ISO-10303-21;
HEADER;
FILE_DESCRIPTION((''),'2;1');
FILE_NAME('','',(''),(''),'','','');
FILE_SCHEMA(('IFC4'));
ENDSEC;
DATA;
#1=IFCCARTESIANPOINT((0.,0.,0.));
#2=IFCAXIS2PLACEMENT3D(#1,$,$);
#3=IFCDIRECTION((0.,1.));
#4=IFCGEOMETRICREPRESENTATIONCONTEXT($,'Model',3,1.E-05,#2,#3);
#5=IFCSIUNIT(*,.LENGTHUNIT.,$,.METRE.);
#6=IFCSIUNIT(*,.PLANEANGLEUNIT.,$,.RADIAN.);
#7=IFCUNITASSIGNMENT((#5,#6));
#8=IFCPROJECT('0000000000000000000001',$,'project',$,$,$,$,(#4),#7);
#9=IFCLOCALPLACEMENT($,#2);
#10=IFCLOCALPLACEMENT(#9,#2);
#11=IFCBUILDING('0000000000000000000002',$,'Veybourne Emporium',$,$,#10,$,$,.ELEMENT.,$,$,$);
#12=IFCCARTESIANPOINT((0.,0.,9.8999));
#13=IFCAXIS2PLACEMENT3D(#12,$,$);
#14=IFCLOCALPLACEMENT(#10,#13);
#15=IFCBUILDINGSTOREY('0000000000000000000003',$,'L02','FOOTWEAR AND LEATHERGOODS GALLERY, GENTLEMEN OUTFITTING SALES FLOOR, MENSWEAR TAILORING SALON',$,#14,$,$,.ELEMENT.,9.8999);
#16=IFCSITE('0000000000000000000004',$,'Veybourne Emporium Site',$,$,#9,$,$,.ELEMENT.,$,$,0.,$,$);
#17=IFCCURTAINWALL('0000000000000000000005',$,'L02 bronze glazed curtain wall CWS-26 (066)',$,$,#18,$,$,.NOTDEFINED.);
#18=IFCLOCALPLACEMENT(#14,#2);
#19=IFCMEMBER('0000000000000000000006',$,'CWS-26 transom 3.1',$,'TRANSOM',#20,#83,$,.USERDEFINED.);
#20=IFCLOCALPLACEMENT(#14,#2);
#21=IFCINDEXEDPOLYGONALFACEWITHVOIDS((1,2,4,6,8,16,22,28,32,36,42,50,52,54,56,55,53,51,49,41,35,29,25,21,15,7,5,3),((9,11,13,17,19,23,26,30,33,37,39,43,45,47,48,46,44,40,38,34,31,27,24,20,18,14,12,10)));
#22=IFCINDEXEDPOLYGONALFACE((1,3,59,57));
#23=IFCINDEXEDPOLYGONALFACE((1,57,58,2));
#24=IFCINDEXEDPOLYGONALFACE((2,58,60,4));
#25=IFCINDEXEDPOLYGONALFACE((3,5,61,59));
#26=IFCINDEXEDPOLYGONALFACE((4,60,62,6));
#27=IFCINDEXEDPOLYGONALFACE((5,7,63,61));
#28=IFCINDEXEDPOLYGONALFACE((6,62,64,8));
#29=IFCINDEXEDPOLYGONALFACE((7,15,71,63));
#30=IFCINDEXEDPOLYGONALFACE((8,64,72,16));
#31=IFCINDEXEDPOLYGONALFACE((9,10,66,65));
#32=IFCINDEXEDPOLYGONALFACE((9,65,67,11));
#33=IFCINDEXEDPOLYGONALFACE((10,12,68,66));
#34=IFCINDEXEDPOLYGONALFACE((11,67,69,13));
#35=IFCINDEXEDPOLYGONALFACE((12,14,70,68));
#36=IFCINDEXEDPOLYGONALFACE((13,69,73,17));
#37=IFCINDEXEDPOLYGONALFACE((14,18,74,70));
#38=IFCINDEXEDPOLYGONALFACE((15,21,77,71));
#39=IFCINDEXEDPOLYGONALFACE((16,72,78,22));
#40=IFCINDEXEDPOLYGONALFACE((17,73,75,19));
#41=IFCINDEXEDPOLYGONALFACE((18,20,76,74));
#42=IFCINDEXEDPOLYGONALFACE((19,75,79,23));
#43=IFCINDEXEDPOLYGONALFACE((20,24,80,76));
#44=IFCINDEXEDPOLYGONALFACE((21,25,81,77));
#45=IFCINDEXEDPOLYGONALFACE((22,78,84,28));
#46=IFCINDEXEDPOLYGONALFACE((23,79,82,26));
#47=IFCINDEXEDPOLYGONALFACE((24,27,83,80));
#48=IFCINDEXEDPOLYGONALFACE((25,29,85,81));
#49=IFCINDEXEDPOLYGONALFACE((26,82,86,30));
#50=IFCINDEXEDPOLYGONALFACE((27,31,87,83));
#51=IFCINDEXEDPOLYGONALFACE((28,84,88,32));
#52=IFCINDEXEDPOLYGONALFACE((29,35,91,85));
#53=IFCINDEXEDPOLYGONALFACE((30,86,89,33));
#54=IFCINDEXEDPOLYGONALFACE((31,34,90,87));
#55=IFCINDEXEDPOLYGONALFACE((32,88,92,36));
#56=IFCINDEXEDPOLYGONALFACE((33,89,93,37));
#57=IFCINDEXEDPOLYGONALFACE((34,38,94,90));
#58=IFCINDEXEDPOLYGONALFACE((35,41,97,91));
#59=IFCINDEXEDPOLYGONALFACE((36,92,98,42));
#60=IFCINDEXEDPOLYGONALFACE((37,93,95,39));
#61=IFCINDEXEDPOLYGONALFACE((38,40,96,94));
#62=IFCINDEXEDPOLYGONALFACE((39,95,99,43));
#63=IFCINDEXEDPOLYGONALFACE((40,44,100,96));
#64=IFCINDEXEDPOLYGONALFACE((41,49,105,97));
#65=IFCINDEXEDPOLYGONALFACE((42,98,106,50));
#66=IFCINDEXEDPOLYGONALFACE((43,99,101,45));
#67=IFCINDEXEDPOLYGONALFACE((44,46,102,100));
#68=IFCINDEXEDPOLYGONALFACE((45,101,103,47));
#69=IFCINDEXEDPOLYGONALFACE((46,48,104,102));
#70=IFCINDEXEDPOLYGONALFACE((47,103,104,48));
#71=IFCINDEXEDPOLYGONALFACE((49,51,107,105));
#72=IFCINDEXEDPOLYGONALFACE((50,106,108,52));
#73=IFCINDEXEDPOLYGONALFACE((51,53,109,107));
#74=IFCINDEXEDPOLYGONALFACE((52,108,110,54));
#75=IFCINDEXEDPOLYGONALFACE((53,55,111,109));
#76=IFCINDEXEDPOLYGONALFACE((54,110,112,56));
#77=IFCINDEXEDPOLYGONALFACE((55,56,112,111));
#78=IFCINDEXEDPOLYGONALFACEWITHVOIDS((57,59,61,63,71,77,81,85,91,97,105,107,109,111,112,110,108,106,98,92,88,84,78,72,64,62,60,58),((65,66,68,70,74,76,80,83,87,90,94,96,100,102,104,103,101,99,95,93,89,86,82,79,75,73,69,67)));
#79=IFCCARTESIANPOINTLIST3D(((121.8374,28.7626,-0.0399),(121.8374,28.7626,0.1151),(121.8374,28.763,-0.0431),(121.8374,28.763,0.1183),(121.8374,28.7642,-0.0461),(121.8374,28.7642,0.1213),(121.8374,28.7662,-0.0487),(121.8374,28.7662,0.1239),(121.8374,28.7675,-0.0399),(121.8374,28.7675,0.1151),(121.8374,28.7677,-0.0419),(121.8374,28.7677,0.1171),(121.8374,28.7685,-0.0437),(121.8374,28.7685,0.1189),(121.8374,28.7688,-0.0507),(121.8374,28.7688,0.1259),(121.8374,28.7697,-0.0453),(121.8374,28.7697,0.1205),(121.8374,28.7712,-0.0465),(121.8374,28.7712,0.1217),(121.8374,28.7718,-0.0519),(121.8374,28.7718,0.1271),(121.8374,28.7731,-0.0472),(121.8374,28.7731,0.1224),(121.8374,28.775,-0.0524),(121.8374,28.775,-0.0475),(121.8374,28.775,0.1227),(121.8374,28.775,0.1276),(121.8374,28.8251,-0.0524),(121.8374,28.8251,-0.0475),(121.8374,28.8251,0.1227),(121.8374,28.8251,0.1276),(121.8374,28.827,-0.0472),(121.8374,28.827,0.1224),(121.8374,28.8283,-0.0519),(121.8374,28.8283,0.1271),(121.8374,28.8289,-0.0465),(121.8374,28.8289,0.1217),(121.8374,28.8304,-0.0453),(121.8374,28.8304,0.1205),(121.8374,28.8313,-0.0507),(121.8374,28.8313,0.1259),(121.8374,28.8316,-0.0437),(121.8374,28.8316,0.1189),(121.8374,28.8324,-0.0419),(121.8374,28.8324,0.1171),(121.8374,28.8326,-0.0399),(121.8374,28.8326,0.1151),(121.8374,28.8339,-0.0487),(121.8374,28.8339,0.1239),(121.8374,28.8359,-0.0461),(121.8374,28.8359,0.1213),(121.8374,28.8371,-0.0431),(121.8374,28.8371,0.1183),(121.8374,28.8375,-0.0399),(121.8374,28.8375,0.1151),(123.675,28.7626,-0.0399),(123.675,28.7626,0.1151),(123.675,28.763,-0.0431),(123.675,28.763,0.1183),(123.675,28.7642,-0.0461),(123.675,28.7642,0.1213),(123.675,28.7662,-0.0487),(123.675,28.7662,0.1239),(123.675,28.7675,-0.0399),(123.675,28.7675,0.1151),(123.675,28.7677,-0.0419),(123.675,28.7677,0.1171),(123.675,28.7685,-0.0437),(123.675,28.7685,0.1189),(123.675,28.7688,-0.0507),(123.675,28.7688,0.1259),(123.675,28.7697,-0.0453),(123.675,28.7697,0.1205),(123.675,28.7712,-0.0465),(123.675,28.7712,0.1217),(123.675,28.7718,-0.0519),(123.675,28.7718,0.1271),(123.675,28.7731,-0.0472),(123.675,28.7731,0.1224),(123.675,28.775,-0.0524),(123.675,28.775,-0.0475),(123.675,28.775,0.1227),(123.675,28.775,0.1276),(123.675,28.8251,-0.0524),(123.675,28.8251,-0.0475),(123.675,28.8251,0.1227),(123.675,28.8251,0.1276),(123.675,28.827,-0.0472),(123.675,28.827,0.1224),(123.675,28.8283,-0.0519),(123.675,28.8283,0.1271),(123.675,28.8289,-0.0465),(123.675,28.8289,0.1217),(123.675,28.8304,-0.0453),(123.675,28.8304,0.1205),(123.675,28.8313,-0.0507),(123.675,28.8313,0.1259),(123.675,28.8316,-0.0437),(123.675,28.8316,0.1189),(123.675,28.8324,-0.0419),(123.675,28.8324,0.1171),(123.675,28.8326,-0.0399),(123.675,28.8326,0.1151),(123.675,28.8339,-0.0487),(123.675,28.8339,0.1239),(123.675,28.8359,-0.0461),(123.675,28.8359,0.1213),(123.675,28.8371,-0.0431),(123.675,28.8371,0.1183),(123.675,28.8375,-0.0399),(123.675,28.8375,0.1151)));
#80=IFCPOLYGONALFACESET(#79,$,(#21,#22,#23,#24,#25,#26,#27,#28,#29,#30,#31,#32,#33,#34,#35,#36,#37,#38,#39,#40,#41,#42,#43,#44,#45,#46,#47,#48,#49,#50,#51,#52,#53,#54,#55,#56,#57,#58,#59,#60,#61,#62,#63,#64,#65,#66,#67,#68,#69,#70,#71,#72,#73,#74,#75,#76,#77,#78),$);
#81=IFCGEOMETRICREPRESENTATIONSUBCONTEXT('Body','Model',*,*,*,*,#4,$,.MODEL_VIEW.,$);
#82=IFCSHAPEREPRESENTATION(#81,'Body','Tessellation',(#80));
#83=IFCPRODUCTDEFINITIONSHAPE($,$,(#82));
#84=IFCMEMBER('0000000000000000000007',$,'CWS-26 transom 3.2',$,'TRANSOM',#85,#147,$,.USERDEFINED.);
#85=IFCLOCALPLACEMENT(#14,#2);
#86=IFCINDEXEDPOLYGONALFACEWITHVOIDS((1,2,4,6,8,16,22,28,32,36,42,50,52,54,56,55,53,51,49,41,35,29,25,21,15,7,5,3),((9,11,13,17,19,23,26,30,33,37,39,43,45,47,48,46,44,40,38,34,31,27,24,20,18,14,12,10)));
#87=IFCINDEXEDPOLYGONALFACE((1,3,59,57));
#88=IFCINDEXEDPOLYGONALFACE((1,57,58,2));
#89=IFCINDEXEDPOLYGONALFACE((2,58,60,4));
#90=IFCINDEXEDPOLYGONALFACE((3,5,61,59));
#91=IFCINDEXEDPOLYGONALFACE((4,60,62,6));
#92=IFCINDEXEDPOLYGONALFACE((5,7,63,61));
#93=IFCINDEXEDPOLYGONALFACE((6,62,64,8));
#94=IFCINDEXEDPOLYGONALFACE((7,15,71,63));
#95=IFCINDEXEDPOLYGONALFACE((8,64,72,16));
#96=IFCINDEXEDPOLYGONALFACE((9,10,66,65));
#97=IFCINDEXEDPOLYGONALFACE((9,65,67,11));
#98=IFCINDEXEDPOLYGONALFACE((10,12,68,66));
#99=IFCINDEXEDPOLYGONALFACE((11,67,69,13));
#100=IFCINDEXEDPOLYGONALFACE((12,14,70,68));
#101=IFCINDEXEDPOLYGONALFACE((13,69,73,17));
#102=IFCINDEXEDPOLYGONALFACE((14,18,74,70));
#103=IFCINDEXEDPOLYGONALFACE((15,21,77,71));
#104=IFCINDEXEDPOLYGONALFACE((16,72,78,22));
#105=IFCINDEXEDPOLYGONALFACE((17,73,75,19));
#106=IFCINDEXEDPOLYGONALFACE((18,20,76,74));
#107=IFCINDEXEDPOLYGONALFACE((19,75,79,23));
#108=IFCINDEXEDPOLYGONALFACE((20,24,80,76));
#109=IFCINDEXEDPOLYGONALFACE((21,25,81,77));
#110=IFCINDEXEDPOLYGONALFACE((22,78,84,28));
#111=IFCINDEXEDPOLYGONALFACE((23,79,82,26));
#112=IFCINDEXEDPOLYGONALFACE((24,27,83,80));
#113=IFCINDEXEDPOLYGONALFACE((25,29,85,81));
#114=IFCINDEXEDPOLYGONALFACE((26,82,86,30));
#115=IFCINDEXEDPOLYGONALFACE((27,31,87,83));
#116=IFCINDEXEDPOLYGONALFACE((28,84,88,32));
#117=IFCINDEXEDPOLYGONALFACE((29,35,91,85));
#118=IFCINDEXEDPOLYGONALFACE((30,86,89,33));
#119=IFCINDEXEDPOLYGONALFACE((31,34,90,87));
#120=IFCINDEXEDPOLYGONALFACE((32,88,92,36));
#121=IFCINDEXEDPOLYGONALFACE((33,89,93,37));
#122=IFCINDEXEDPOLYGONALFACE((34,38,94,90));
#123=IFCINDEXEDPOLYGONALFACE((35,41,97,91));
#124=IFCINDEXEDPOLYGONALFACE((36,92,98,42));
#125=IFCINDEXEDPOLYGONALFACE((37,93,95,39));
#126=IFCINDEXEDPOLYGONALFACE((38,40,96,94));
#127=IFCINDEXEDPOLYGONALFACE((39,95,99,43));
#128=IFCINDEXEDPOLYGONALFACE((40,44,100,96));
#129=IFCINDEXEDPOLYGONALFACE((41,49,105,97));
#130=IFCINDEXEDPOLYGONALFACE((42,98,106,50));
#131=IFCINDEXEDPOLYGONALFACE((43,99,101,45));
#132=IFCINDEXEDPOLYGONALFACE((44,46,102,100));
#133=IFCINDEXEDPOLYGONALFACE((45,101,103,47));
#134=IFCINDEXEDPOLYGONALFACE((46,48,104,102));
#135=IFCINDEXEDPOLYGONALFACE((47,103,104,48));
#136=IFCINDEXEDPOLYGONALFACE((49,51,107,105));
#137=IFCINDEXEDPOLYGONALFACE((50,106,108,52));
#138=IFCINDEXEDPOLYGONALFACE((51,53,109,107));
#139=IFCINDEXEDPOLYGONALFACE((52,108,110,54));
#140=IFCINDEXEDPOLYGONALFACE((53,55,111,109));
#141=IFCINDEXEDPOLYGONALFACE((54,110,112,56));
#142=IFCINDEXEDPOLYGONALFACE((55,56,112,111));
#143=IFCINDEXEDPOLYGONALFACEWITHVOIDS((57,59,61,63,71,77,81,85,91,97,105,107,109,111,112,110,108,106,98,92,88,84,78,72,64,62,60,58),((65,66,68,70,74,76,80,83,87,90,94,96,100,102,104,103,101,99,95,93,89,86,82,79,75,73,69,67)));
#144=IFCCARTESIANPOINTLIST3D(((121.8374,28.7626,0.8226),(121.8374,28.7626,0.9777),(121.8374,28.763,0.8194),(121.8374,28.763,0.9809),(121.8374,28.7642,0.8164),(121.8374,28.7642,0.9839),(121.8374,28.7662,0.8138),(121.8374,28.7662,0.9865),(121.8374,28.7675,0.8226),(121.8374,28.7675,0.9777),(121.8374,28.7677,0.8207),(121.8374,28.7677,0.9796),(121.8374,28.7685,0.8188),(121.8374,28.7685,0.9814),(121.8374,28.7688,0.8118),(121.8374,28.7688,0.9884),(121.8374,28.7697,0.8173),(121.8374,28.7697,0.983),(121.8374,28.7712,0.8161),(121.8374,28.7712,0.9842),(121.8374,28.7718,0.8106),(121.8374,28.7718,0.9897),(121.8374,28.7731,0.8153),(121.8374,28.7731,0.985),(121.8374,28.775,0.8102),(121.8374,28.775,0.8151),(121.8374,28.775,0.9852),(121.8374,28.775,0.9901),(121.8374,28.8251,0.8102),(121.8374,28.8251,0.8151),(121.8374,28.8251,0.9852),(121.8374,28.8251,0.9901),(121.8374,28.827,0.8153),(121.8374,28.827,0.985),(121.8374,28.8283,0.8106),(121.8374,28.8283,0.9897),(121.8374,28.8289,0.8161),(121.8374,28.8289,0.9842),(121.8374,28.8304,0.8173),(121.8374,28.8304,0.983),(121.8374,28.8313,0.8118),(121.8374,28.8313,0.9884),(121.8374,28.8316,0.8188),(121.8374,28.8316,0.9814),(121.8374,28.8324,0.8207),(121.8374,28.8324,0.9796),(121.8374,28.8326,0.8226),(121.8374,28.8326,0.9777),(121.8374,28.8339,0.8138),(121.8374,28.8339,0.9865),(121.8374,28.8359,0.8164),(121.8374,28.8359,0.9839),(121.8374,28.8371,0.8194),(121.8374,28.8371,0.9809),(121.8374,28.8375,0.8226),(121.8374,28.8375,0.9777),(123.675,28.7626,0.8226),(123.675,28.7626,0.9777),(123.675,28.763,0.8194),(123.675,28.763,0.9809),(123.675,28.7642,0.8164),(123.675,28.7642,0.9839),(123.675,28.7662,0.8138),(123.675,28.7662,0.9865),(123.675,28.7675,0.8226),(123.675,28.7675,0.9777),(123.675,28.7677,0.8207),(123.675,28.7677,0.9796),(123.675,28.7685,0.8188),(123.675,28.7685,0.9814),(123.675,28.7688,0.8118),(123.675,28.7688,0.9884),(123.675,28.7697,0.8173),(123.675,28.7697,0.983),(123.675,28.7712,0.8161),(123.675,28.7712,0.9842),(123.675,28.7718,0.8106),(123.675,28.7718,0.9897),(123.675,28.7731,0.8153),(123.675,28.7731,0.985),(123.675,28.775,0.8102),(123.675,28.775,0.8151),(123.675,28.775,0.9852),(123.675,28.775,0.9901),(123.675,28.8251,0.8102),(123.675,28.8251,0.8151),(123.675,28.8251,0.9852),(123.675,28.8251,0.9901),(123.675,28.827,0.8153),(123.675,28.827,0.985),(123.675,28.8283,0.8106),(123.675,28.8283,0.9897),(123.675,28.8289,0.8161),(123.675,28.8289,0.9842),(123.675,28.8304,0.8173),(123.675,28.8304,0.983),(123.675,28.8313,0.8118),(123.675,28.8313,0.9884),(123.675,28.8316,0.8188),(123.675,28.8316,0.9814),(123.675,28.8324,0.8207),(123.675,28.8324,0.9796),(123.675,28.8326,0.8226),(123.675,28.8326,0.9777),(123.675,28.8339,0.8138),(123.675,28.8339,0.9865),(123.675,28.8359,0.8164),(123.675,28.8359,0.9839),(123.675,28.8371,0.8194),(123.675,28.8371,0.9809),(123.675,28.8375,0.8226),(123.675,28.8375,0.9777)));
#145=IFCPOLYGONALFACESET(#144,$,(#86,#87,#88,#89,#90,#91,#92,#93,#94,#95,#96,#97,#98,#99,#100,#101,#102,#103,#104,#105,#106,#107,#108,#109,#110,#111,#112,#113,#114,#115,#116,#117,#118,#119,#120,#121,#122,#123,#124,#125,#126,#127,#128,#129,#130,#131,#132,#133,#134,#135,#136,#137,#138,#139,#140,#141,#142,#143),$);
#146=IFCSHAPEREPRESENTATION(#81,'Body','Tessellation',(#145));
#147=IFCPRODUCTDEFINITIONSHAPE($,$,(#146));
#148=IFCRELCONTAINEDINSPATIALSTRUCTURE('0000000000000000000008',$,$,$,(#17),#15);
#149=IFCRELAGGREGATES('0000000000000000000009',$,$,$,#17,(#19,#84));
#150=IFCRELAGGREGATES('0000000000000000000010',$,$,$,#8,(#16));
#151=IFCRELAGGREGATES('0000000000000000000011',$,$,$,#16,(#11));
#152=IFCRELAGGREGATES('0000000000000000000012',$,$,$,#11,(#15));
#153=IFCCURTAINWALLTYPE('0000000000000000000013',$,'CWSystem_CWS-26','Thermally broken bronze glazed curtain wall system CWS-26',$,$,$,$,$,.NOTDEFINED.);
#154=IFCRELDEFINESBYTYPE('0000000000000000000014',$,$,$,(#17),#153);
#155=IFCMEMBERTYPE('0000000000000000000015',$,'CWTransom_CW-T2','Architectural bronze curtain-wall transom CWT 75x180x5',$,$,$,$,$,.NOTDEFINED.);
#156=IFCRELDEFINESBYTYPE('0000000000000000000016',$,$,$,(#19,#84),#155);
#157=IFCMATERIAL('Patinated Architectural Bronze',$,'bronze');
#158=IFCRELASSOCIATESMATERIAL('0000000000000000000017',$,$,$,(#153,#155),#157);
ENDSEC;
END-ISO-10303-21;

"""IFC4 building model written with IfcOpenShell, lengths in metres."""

from ifc_helpers import new_model, si_unit, direction, frame, origin, origin_2d, place, context, subcontext, project, spatial, hollow_rectangle, extrude, material, material_profile, profile_set, type_object, element, aggregate, save


model = new_model("IFC4")

# Units and contexts
model_context = context("Model", 3, precision=1e-05, world=origin(), true_north=direction((0.0, 1.0)))
body_context = subcontext(model_context, "Body", "Model", "MODEL_VIEW")
ifc_project = project(units=[si_unit("LENGTHUNIT", "METRE"), si_unit("PLANEANGLEUNIT", "RADIAN")], contexts=[model_context])

# Site, building, storey
site_placement = place(None, origin())
site = spatial("IfcSite", under=ifc_project, at=site_placement, Name="Veybourne Emporium Site", CompositionType="ELEMENT", RefElevation=0.0)
building_placement = place(site_placement, origin())
building = spatial("IfcBuilding", under=site, at=building_placement, Name="Veybourne Emporium", CompositionType="ELEMENT")
storey_placement = place(building_placement, frame((0.0, 0.0, 9.8999)))
storey = spatial("IfcBuildingStorey", under=building, at=storey_placement, Name="L02", Description="FOOTWEAR AND LEATHERGOODS GALLERY, GENTLEMEN OUTFITTING SALES FLOOR, MENSWEAR TAILORING SALON", CompositionType="ELEMENT", Elevation=9.8999)

# Curtain wall, members
ifc_material_1 = material(Name="Patinated Architectural Bronze", Category="bronze")
curtain_wall_type = type_object("IfcCurtainWallType", Name="CWSystem_CWS-26", Description="Thermally broken bronze glazed curtain wall system CWS-26", PredefinedType="NOTDEFINED", material=ifc_material_1)
curtain_wall_placement = place(storey_placement, origin())
curtain_wall = element("IfcCurtainWall", 1, at=curtain_wall_placement, inside=storey, type_object=curtain_wall_type, Name="L02 bronze glazed curtain wall CWS-26 (066)", PredefinedType="NOTDEFINED")
ifc_material_profile_1 = material_profile(ifc_material_1, hollow_rectangle(XDim=0.075, YDim=0.1799, WallThickness=0.0049, InnerFilletRadius=0.0076, OuterFilletRadius=0.0125, at=origin_2d()), Name="CWT 75x180x5")
ifc_profile_set_1 = profile_set([ifc_material_profile_1], Name="Patinated Architectural Bronze")
member_type_1 = type_object("IfcMemberType", Name="CWTransom_CW-T2", Description="Architectural bronze curtain-wall transom CWT 75x180x5", PredefinedType="NOTDEFINED", material=ifc_profile_set_1)
member_1_placement = place(storey_placement, frame((121.8374, 28.8, 0.0376), z_axis=(1.0, 0.0, 0.0), x_axis=(0.0, 1.0, 0.0)))
member_1 = element("IfcMember", 2, at=member_1_placement, type_object=member_type_1, Name="CWS-26 transom 3.1", ObjectType="TRANSOM", PredefinedType="USERDEFINED", context=body_context, shape_type="SweptSolid", body=[
    extrude(hollow_rectangle(XDim=0.075, YDim=0.1799, WallThickness=0.0049, InnerFilletRadius=0.0076, OuterFilletRadius=0.0125, at=origin_2d()), origin(), (0.0, 0.0, 1.0), 1.8376),
])
member_2_placement = place(storey_placement, frame((121.8374, 28.8, 0.9001), z_axis=(1.0, 0.0, 0.0), x_axis=(0.0, 1.0, 0.0)))
member_2 = element("IfcMember", 3, at=member_2_placement, type_object=member_type_1, Name="CWS-26 transom 3.2", ObjectType="TRANSOM", PredefinedType="USERDEFINED", context=body_context, shape_type="SweptSolid", body=[
    extrude(hollow_rectangle(XDim=0.075, YDim=0.1799, WallThickness=0.0049, InnerFilletRadius=0.0076, OuterFilletRadius=0.0125, at=origin_2d()), origin(), (0.0, 0.0, 1.0), 1.8376),
])
aggregate(curtain_wall, [member_1, member_2])

save(model, "model.ifc")
